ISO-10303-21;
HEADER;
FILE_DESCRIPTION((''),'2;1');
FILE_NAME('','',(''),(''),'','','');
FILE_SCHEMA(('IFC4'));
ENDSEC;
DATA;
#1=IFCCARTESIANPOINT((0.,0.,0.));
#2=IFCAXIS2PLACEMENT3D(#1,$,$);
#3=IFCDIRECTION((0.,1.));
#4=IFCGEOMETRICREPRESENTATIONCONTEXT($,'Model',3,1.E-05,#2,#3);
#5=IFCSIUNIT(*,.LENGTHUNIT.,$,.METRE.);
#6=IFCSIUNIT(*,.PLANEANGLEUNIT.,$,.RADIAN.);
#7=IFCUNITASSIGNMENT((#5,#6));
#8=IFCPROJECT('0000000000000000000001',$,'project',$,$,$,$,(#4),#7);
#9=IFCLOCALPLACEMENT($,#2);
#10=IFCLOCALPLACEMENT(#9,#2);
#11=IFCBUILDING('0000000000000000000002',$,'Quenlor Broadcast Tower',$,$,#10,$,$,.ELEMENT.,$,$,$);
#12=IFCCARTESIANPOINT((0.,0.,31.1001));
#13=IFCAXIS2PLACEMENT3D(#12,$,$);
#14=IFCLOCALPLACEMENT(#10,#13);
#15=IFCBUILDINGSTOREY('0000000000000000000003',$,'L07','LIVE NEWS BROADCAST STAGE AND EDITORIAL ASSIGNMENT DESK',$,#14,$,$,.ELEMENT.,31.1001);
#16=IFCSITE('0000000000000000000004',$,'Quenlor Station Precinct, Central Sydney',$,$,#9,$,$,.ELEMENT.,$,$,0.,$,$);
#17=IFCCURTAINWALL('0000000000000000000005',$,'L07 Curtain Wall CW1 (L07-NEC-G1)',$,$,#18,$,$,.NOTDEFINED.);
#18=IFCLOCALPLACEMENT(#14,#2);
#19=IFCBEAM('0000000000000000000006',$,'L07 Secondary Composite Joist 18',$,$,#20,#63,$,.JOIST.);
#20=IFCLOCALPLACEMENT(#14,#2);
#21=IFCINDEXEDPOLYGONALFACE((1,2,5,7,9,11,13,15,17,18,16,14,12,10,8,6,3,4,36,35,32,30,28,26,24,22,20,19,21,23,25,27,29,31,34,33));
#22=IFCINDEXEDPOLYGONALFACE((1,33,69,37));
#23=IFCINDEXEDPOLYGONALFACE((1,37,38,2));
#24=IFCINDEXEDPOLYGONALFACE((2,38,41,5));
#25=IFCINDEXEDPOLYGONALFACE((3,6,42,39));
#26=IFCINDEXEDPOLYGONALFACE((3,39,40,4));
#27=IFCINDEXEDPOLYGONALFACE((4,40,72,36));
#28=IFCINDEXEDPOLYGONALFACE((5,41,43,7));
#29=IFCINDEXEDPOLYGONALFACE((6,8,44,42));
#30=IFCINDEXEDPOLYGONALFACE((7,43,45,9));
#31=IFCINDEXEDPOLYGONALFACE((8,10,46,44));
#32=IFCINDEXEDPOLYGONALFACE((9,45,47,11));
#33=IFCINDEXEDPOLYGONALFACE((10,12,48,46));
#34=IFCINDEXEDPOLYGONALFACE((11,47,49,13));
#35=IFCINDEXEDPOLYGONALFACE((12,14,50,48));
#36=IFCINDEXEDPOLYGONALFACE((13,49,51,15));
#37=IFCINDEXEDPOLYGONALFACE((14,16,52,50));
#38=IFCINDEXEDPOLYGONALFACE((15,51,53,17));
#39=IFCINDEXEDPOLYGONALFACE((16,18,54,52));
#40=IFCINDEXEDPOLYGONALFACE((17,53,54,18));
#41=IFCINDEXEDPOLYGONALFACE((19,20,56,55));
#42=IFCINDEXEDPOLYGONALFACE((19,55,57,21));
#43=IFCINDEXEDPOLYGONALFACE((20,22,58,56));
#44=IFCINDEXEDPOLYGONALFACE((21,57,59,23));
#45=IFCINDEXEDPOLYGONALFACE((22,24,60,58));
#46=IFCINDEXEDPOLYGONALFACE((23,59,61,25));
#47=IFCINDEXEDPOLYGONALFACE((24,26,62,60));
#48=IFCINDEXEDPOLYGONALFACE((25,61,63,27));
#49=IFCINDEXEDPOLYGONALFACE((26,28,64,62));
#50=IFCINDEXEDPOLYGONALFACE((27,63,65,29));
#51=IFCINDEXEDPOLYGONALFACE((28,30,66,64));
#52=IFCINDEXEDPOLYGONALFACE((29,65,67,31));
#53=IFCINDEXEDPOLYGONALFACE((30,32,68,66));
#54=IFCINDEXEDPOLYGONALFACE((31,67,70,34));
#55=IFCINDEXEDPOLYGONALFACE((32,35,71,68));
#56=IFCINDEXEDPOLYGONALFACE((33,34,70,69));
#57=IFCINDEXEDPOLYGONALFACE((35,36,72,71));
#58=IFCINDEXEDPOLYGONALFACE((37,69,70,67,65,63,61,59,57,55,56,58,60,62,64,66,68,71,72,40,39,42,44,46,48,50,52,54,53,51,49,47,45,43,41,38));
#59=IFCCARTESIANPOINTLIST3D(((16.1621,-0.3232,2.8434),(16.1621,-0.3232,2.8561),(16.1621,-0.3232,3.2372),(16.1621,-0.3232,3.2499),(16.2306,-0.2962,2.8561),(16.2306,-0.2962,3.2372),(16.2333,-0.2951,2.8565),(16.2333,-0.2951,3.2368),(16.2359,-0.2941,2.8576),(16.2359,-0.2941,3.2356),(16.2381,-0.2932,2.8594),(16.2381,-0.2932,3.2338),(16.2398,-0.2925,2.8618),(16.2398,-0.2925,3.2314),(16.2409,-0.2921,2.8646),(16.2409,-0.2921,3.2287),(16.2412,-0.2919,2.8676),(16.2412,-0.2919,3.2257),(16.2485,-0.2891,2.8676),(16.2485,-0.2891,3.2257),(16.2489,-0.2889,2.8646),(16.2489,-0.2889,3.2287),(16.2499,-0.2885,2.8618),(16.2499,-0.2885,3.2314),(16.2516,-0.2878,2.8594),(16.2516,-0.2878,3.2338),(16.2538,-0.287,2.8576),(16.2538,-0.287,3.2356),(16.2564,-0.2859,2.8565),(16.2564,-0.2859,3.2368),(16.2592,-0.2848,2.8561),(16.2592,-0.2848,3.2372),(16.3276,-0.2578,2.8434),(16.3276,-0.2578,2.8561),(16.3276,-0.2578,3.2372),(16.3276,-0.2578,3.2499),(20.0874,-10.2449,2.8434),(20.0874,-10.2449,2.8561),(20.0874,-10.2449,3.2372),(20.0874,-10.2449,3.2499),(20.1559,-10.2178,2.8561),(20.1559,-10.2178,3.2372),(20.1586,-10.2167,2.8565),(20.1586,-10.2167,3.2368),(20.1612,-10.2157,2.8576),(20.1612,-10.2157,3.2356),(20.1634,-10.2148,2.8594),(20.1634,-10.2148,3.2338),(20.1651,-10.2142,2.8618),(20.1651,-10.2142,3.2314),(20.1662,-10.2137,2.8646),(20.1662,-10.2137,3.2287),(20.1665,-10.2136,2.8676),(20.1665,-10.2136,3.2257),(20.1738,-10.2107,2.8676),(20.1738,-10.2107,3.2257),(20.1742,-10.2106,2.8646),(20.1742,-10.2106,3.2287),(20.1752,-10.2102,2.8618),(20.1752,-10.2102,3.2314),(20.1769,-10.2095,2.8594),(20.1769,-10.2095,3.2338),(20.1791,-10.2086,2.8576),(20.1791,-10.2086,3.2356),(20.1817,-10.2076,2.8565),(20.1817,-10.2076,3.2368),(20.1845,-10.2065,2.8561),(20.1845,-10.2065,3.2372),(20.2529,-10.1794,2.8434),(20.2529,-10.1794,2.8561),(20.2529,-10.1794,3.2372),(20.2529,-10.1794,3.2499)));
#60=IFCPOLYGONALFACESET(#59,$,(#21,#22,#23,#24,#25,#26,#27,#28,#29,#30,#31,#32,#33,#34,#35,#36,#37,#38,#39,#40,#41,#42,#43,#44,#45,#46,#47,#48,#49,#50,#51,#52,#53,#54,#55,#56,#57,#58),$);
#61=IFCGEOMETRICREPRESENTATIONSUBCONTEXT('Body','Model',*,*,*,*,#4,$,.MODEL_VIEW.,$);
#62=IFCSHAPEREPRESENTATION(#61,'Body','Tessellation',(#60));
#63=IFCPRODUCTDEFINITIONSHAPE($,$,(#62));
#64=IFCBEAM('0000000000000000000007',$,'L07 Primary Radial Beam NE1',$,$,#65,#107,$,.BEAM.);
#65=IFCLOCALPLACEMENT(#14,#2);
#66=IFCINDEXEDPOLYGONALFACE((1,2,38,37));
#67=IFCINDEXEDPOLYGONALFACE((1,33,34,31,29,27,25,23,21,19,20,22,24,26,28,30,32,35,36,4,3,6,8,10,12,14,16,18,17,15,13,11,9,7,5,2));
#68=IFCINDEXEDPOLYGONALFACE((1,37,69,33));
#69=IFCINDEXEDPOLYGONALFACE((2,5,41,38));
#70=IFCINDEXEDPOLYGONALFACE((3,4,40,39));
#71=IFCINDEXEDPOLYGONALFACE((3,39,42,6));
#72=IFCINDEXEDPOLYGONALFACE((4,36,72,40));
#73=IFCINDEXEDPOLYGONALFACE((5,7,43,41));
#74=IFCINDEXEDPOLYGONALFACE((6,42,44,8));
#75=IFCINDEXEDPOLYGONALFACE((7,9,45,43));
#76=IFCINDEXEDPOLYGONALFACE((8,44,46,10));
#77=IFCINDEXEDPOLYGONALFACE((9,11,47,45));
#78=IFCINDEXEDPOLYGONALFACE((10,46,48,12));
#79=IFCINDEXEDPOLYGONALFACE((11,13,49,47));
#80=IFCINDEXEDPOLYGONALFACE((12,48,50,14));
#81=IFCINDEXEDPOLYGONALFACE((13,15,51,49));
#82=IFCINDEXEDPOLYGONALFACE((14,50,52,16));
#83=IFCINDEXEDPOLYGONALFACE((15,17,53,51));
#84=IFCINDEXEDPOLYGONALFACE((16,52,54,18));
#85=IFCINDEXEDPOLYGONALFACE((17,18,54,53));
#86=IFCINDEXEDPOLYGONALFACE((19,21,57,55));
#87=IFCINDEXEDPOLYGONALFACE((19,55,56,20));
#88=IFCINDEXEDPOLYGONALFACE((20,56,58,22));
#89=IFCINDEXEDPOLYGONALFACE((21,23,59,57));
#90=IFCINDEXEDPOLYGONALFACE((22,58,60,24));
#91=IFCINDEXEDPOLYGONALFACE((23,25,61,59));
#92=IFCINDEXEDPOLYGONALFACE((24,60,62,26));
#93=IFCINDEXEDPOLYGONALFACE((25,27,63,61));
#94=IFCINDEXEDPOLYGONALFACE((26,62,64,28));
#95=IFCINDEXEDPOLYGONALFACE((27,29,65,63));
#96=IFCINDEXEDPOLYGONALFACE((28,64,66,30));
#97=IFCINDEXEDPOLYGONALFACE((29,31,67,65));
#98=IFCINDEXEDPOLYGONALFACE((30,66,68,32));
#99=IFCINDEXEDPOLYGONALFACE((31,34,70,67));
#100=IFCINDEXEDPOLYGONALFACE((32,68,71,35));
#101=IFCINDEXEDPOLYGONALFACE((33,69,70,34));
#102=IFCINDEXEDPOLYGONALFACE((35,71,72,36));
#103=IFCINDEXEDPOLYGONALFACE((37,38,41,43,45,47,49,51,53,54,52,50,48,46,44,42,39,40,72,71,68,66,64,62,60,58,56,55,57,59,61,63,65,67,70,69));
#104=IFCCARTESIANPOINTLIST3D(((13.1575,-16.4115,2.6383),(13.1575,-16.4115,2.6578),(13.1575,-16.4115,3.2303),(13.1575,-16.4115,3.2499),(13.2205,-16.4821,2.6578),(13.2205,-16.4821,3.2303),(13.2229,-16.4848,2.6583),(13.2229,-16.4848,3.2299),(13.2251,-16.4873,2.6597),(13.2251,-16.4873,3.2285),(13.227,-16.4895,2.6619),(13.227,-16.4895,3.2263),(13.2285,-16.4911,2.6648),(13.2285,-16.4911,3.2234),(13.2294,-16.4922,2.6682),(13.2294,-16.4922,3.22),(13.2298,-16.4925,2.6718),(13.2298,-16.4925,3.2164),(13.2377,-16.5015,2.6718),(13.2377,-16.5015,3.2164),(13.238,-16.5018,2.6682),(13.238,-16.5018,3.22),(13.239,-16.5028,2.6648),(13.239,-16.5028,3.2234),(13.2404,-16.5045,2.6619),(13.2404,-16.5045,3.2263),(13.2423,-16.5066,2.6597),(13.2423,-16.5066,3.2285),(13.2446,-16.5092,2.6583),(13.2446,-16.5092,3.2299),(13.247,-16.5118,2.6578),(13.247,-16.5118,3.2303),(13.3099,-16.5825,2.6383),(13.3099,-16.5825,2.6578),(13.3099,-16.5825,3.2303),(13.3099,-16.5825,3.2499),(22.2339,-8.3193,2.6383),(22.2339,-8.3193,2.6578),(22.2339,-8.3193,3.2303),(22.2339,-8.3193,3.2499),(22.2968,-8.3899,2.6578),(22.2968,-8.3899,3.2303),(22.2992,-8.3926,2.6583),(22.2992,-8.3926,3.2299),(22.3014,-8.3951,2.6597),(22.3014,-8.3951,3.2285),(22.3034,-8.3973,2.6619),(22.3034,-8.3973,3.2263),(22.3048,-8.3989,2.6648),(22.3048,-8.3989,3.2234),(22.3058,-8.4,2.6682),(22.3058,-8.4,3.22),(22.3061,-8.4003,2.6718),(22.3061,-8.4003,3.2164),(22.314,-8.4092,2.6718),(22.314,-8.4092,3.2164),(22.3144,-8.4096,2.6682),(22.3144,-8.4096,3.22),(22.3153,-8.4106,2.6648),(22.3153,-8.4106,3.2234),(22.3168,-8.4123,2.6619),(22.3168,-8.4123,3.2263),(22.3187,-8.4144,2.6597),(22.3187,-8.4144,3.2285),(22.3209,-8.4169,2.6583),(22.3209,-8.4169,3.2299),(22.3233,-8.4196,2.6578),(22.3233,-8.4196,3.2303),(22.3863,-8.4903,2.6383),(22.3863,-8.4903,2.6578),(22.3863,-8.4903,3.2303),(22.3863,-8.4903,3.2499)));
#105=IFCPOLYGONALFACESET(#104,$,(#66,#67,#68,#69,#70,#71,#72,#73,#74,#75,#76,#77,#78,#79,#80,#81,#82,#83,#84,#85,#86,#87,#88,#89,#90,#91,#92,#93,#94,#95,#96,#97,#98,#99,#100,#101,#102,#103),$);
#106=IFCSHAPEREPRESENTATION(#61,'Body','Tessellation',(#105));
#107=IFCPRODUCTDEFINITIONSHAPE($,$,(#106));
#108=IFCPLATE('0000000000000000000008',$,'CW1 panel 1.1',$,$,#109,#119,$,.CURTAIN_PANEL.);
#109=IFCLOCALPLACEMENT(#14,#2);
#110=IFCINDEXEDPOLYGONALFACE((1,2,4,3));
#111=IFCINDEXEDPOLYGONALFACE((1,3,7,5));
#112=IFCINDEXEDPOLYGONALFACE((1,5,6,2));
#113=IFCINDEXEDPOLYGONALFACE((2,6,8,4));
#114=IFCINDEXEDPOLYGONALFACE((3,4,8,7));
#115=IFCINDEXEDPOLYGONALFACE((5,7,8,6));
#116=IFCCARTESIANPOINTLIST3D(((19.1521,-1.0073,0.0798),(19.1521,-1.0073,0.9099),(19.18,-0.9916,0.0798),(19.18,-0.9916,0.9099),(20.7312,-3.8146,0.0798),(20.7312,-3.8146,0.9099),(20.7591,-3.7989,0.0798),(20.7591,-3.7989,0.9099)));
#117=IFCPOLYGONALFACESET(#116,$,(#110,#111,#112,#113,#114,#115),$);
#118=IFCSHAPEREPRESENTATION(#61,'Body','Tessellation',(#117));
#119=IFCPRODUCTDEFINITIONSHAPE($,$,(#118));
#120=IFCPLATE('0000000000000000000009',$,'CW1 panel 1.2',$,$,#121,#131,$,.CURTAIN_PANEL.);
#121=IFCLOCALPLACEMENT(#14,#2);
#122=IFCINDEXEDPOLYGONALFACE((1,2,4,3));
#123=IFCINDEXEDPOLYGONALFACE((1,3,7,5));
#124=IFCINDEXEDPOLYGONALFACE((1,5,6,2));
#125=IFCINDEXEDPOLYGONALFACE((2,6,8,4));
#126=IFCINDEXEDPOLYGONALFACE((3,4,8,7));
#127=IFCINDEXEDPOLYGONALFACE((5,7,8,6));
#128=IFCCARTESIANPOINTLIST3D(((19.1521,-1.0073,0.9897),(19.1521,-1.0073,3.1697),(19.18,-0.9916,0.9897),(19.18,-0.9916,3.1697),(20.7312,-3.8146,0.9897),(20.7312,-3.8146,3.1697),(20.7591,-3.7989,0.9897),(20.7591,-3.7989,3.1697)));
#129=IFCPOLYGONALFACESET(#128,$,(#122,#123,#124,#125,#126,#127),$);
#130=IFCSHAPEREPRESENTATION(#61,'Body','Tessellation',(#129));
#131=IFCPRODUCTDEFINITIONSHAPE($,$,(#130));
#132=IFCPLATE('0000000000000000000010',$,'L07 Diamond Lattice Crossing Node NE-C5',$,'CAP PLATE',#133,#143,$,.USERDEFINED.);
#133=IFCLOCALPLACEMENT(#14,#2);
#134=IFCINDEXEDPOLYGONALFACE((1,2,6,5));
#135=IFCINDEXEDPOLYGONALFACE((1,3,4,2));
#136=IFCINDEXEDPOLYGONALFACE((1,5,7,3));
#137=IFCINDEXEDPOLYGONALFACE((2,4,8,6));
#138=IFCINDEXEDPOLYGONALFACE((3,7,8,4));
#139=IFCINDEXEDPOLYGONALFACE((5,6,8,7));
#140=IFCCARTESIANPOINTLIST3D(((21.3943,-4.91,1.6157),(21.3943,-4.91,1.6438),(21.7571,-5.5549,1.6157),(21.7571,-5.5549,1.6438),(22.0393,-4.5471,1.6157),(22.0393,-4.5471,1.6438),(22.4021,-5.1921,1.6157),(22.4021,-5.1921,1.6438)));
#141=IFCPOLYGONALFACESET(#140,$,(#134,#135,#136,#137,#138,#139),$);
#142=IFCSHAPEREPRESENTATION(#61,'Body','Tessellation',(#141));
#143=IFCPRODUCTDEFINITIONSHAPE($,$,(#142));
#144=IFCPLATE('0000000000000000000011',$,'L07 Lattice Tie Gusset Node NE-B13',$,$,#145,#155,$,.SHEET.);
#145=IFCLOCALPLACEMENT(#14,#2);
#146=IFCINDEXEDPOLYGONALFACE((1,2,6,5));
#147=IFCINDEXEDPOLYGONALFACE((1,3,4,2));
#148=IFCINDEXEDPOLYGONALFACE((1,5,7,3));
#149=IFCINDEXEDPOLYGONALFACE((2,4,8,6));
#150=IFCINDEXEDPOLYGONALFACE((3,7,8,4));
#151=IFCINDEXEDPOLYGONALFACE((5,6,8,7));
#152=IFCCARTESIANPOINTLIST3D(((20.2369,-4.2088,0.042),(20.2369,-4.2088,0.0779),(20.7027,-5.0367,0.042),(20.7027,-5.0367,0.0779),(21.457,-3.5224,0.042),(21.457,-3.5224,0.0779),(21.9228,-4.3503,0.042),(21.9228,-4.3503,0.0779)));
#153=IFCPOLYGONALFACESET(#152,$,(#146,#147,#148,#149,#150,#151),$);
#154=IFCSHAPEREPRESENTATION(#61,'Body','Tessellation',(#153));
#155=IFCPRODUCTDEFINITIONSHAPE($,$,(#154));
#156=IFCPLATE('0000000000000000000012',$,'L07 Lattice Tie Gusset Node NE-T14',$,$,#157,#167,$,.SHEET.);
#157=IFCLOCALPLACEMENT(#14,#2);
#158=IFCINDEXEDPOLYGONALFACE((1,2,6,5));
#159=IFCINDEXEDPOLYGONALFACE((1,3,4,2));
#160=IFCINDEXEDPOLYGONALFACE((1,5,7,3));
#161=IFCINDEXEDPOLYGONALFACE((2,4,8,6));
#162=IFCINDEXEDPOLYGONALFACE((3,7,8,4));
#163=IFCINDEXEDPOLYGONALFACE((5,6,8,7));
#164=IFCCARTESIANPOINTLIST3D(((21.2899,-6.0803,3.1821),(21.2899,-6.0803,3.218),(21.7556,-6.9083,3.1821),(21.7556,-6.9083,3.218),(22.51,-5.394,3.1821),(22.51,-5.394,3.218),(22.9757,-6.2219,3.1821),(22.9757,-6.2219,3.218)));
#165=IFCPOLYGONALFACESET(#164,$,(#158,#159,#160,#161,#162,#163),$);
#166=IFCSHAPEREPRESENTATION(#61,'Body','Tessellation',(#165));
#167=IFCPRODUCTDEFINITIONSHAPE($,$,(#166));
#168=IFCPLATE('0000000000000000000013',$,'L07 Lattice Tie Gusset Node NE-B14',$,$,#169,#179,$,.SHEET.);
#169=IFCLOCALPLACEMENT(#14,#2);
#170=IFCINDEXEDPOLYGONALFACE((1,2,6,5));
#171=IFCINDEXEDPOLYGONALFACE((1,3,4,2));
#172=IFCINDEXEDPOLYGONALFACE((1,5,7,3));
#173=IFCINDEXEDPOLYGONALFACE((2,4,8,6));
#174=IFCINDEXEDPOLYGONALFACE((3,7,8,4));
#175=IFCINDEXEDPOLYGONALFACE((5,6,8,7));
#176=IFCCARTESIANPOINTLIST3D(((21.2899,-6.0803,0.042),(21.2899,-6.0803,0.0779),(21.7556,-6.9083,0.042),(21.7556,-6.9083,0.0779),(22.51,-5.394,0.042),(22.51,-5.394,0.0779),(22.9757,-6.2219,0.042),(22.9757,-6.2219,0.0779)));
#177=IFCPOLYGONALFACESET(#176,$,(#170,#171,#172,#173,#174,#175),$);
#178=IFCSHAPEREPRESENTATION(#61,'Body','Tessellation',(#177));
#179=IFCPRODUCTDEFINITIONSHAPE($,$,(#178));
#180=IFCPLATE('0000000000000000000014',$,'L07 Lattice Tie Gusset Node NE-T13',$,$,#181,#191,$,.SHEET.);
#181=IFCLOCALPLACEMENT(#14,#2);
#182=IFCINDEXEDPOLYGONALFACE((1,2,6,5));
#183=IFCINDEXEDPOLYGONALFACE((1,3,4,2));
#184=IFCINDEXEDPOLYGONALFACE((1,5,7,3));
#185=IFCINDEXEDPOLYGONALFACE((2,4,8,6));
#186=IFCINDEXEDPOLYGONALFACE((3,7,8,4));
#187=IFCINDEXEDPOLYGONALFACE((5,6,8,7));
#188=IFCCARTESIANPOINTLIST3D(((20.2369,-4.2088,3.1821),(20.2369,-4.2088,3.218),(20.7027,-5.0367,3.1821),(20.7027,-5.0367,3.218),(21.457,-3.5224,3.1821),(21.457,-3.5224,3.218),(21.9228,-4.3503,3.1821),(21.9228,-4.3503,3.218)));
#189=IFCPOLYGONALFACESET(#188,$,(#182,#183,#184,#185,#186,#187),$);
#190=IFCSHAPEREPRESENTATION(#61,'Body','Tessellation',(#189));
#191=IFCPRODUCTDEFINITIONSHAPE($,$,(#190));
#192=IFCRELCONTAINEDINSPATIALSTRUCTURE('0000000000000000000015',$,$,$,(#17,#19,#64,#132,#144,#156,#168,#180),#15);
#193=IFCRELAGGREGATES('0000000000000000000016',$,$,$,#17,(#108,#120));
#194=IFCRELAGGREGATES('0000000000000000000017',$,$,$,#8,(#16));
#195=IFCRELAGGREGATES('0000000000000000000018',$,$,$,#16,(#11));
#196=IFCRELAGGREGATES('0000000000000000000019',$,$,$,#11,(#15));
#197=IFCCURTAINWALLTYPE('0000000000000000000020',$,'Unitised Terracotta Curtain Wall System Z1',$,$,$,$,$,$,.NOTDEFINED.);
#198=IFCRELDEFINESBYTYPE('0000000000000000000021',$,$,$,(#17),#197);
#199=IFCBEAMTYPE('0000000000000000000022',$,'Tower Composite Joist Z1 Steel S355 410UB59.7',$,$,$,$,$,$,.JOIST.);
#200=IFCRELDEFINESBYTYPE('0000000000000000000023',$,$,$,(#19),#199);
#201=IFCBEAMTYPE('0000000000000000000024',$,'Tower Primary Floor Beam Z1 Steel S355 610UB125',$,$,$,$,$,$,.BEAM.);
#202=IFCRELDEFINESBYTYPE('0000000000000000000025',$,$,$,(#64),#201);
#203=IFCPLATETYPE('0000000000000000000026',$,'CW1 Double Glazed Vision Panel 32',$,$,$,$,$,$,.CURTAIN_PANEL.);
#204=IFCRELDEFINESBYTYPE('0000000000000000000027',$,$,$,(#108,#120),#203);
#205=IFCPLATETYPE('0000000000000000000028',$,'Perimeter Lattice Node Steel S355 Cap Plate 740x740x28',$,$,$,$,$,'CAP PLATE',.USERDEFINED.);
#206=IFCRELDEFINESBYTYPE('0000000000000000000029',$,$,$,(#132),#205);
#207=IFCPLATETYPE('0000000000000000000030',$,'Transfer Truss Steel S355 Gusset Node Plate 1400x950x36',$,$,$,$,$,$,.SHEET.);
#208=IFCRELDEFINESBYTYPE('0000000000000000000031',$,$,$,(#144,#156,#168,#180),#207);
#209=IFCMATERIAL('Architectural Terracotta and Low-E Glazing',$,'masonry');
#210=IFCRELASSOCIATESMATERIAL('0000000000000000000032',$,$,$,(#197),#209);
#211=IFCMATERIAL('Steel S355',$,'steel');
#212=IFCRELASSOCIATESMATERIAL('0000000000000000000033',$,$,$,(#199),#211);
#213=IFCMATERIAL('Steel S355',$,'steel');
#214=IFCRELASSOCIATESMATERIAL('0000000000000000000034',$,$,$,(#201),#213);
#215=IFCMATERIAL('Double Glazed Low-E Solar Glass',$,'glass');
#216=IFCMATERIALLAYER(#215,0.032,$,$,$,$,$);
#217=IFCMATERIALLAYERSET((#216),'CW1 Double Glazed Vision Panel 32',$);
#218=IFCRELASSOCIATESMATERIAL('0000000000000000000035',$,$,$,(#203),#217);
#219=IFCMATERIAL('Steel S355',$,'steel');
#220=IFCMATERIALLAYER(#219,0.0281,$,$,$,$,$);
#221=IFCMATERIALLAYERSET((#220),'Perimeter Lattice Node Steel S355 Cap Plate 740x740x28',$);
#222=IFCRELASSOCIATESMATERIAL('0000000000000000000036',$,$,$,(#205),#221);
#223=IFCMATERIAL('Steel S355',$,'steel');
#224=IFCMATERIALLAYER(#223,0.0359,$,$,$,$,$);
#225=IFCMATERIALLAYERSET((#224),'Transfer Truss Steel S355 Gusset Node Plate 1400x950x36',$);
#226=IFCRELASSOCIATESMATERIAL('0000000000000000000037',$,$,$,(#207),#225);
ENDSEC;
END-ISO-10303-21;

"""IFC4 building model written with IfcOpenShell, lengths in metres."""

from ifc_helpers import new_model, si_unit, direction, frame, origin, origin_2d, place, context, subcontext, project, spatial, rectangle, i_section, extrude, material, layer, layer_set, material_profile, profile_set, type_object, element, aggregate, save


model = new_model("IFC4")

# Units and contexts
model_context = context("Model", 3, precision=1e-05, world=origin(), true_north=direction((0.0, 1.0)))
body_context = subcontext(model_context, "Body", "Model", "MODEL_VIEW")
ifc_project = project(units=[si_unit("LENGTHUNIT", "METRE"), si_unit("PLANEANGLEUNIT", "RADIAN")], contexts=[model_context])

# Site, building, storey
site_placement = place(None, origin())
site = spatial("IfcSite", under=ifc_project, at=site_placement, Name="Quenlor Station Precinct, Central Sydney", CompositionType="ELEMENT", RefElevation=0.0)
building_placement = place(site_placement, origin())
building = spatial("IfcBuilding", under=site, at=building_placement, Name="Quenlor Broadcast Tower", CompositionType="ELEMENT")
storey_placement = place(building_placement, frame((0.0, 0.0, 31.1001)))
storey = spatial("IfcBuildingStorey", under=building, at=storey_placement, Name="L07", Description="LIVE NEWS BROADCAST STAGE AND EDITORIAL ASSIGNMENT DESK", CompositionType="ELEMENT", Elevation=31.1001)

# Curtain wall
ifc_material_1 = material(Name="Architectural Terracotta and Low-E Glazing", Category="masonry")
curtain_wall_type = type_object("IfcCurtainWallType", Name="Unitised Terracotta Curtain Wall System Z1", PredefinedType="NOTDEFINED", material=ifc_material_1)
curtain_wall_placement = place(storey_placement, origin())
curtain_wall = element("IfcCurtainWall", 1, at=curtain_wall_placement, inside=storey, type_object=curtain_wall_type, Name="L07 Curtain Wall CW1 (L07-NEC-G1)", PredefinedType="NOTDEFINED")

# Beams
ifc_material_2 = material(Name="Steel S355", Category="steel")
ifc_material_profile_1 = material_profile(ifc_material_2, i_section(OverallWidth=0.178, OverallDepth=0.4065, WebThickness=0.0078, FlangeThickness=0.0127, FilletRadius=0.0115, at=origin_2d()))
ifc_profile_set_1 = profile_set([ifc_material_profile_1], Name="Steel S355 410UB59.7")
beam_type_1 = type_object("IfcBeamType", Name="Tower Composite Joist Z1 Steel S355 410UB59.7", PredefinedType="JOIST", material=ifc_profile_set_1)
beam_1_placement = place(storey_placement, frame((20.1702, -10.2122, 3.0466), z_axis=(-0.367885, 0.929871, 0.0), x_axis=(-0.929871, -0.367885, 0.0)))
element("IfcBeam", 2, at=beam_1_placement, inside=storey, type_object=beam_type_1, Name="L07 Secondary Composite Joist 18", PredefinedType="JOIST", context=body_context, shape_type="SweptSolid", body=[
    extrude(i_section(OverallWidth=0.178, OverallDepth=0.4065, WebThickness=0.0078, FlangeThickness=0.0127, FilletRadius=0.0115, at=origin_2d()), origin(), (0.0, 0.0, 1.0), 10.6699),
])
ifc_material_3 = material(Name="Steel S355", Category="steel")
ifc_material_profile_2 = material_profile(ifc_material_3, i_section(OverallWidth=0.229, OverallDepth=0.6116, WebThickness=0.012, FlangeThickness=0.0195, FilletRadius=0.0139, at=origin_2d()))
ifc_profile_set_2 = profile_set([ifc_material_profile_2], Name="Steel S355 610UB125")
beam_type_2 = type_object("IfcBeamType", Name="Tower Primary Floor Beam Z1 Steel S355 610UB125", PredefinedType="BEAM", material=ifc_profile_set_2)
beam_2_placement = place(storey_placement, frame((22.3101, -8.4048, 2.9441), z_axis=(-0.746414, -0.665482, 0.0), x_axis=(0.665482, -0.746414, 0.0)))
element("IfcBeam", 3, at=beam_2_placement, inside=storey, type_object=beam_type_2, Name="L07 Primary Radial Beam NE1", PredefinedType="BEAM", context=body_context, shape_type="SweptSolid", body=[
    extrude(i_section(OverallWidth=0.229, OverallDepth=0.6116, WebThickness=0.012, FlangeThickness=0.0195, FilletRadius=0.0139, at=origin_2d()), origin(), (0.0, 0.0, 1.0), 12.1599),
])

# Plates
ifc_material_4 = material(Name="Double Glazed Low-E Solar Glass", Category="glass")
ifc_layer_1 = layer(ifc_material_4, 0.032)
ifc_layer_set_1 = layer_set([ifc_layer_1], Name="CW1 Double Glazed Vision Panel 32")
plate_type_1 = type_object("IfcPlateType", Name="CW1 Double Glazed Vision Panel 32", PredefinedType="CURTAIN_PANEL", material=ifc_layer_set_1)
plate_1_placement = place(storey_placement, frame((19.9556, -2.4031, 0.0798), z_axis=(0.0, 0.0, 1.0), x_axis=(0.490257, -0.871578, 0.0)))
plate_1 = element("IfcPlate", 4, at=plate_1_placement, type_object=plate_type_1, Name="CW1 panel 1.1", PredefinedType="CURTAIN_PANEL", context=body_context, shape_type="SweptSolid", body=[
    extrude(rectangle(XDim=3.2209, YDim=0.032, at=origin_2d()), origin(), (0.0, 0.0, 1.0), 0.8301),
])
plate_2_placement = place(storey_placement, frame((19.9556, -2.4031, 0.9897), z_axis=(0.0, 0.0, 1.0), x_axis=(0.490257, -0.871578, 0.0)))
plate_2 = element("IfcPlate", 5, at=plate_2_placement, type_object=plate_type_1, Name="CW1 panel 1.2", PredefinedType="CURTAIN_PANEL", context=body_context, shape_type="SweptSolid", body=[
    extrude(rectangle(XDim=3.2209, YDim=0.032, at=origin_2d()), origin(), (0.0, 0.0, 1.0), 2.1799),
])
aggregate(curtain_wall, [plate_1, plate_2])

# Plates
ifc_material_5 = material(Name="Steel S355", Category="steel")
ifc_layer_2 = layer(ifc_material_5, 0.0281)
ifc_layer_set_2 = layer_set([ifc_layer_2], Name="Perimeter Lattice Node Steel S355 Cap Plate 740x740x28")
plate_type_2 = type_object("IfcPlateType", Name="Perimeter Lattice Node Steel S355 Cap Plate 740x740x28", ElementType="CAP PLATE", PredefinedType="USERDEFINED", material=ifc_layer_set_2)
plate_3_placement = place(storey_placement, frame((21.8982, -5.051, 1.6157), z_axis=(0.0, 0.0, 1.0), x_axis=(0.490295, -0.871556, 0.0)))
element("IfcPlate", 6, at=plate_3_placement, inside=storey, type_object=plate_type_2, Name="L07 Diamond Lattice Crossing Node NE-C5", ObjectType="CAP PLATE", PredefinedType="USERDEFINED", context=body_context, shape_type="SweptSolid", body=[
    extrude(rectangle(XDim=0.74, YDim=0.74, at=origin_2d()), origin(), (0.0, 0.0, 1.0), 0.0281),
])
ifc_material_6 = material(Name="Steel S355", Category="steel")
ifc_layer_3 = layer(ifc_material_6, 0.0359)
ifc_layer_set_3 = layer_set([ifc_layer_3], Name="Transfer Truss Steel S355 Gusset Node Plate 1400x950x36")
plate_type_3 = type_object("IfcPlateType", Name="Transfer Truss Steel S355 Gusset Node Plate 1400x950x36", PredefinedType="SHEET", material=ifc_layer_set_3)
for number, where, z_axis, x_axis, name in (
    (7, (21.0798, -4.2795, 0.042), (0.0, 0.0, 1.0), (0.871556, 0.490295, 0.0), "L07 Lattice Tie Gusset Node NE-B13"),
    (8, (22.1328, -6.1511, 3.1821), (0.0, 0.0, 1.0), (0.871556, 0.490295, 0.0), "L07 Lattice Tie Gusset Node NE-T14"),
    (9, (22.1328, -6.1511, 0.042), (0.0, 0.0, 1.0), (0.871556, 0.490295, 0.0), "L07 Lattice Tie Gusset Node NE-B14"),
    (10, (21.0798, -4.2795, 3.1821), (0.0, 0.0, 1.0), (0.871556, 0.490295, 0.0), "L07 Lattice Tie Gusset Node NE-T13"),
):
    element("IfcPlate", number, at=place(storey_placement, frame(where, z_axis=z_axis, x_axis=x_axis)), inside=storey, type_object=plate_type_3, Name=name, PredefinedType="SHEET", context=body_context, shape_type="SweptSolid", body=[
        extrude(rectangle(XDim=1.3999, YDim=0.95, at=origin_2d()), origin(), (0.0, 0.0, 1.0), 0.0359),
    ])

save(model, "model.ifc")
